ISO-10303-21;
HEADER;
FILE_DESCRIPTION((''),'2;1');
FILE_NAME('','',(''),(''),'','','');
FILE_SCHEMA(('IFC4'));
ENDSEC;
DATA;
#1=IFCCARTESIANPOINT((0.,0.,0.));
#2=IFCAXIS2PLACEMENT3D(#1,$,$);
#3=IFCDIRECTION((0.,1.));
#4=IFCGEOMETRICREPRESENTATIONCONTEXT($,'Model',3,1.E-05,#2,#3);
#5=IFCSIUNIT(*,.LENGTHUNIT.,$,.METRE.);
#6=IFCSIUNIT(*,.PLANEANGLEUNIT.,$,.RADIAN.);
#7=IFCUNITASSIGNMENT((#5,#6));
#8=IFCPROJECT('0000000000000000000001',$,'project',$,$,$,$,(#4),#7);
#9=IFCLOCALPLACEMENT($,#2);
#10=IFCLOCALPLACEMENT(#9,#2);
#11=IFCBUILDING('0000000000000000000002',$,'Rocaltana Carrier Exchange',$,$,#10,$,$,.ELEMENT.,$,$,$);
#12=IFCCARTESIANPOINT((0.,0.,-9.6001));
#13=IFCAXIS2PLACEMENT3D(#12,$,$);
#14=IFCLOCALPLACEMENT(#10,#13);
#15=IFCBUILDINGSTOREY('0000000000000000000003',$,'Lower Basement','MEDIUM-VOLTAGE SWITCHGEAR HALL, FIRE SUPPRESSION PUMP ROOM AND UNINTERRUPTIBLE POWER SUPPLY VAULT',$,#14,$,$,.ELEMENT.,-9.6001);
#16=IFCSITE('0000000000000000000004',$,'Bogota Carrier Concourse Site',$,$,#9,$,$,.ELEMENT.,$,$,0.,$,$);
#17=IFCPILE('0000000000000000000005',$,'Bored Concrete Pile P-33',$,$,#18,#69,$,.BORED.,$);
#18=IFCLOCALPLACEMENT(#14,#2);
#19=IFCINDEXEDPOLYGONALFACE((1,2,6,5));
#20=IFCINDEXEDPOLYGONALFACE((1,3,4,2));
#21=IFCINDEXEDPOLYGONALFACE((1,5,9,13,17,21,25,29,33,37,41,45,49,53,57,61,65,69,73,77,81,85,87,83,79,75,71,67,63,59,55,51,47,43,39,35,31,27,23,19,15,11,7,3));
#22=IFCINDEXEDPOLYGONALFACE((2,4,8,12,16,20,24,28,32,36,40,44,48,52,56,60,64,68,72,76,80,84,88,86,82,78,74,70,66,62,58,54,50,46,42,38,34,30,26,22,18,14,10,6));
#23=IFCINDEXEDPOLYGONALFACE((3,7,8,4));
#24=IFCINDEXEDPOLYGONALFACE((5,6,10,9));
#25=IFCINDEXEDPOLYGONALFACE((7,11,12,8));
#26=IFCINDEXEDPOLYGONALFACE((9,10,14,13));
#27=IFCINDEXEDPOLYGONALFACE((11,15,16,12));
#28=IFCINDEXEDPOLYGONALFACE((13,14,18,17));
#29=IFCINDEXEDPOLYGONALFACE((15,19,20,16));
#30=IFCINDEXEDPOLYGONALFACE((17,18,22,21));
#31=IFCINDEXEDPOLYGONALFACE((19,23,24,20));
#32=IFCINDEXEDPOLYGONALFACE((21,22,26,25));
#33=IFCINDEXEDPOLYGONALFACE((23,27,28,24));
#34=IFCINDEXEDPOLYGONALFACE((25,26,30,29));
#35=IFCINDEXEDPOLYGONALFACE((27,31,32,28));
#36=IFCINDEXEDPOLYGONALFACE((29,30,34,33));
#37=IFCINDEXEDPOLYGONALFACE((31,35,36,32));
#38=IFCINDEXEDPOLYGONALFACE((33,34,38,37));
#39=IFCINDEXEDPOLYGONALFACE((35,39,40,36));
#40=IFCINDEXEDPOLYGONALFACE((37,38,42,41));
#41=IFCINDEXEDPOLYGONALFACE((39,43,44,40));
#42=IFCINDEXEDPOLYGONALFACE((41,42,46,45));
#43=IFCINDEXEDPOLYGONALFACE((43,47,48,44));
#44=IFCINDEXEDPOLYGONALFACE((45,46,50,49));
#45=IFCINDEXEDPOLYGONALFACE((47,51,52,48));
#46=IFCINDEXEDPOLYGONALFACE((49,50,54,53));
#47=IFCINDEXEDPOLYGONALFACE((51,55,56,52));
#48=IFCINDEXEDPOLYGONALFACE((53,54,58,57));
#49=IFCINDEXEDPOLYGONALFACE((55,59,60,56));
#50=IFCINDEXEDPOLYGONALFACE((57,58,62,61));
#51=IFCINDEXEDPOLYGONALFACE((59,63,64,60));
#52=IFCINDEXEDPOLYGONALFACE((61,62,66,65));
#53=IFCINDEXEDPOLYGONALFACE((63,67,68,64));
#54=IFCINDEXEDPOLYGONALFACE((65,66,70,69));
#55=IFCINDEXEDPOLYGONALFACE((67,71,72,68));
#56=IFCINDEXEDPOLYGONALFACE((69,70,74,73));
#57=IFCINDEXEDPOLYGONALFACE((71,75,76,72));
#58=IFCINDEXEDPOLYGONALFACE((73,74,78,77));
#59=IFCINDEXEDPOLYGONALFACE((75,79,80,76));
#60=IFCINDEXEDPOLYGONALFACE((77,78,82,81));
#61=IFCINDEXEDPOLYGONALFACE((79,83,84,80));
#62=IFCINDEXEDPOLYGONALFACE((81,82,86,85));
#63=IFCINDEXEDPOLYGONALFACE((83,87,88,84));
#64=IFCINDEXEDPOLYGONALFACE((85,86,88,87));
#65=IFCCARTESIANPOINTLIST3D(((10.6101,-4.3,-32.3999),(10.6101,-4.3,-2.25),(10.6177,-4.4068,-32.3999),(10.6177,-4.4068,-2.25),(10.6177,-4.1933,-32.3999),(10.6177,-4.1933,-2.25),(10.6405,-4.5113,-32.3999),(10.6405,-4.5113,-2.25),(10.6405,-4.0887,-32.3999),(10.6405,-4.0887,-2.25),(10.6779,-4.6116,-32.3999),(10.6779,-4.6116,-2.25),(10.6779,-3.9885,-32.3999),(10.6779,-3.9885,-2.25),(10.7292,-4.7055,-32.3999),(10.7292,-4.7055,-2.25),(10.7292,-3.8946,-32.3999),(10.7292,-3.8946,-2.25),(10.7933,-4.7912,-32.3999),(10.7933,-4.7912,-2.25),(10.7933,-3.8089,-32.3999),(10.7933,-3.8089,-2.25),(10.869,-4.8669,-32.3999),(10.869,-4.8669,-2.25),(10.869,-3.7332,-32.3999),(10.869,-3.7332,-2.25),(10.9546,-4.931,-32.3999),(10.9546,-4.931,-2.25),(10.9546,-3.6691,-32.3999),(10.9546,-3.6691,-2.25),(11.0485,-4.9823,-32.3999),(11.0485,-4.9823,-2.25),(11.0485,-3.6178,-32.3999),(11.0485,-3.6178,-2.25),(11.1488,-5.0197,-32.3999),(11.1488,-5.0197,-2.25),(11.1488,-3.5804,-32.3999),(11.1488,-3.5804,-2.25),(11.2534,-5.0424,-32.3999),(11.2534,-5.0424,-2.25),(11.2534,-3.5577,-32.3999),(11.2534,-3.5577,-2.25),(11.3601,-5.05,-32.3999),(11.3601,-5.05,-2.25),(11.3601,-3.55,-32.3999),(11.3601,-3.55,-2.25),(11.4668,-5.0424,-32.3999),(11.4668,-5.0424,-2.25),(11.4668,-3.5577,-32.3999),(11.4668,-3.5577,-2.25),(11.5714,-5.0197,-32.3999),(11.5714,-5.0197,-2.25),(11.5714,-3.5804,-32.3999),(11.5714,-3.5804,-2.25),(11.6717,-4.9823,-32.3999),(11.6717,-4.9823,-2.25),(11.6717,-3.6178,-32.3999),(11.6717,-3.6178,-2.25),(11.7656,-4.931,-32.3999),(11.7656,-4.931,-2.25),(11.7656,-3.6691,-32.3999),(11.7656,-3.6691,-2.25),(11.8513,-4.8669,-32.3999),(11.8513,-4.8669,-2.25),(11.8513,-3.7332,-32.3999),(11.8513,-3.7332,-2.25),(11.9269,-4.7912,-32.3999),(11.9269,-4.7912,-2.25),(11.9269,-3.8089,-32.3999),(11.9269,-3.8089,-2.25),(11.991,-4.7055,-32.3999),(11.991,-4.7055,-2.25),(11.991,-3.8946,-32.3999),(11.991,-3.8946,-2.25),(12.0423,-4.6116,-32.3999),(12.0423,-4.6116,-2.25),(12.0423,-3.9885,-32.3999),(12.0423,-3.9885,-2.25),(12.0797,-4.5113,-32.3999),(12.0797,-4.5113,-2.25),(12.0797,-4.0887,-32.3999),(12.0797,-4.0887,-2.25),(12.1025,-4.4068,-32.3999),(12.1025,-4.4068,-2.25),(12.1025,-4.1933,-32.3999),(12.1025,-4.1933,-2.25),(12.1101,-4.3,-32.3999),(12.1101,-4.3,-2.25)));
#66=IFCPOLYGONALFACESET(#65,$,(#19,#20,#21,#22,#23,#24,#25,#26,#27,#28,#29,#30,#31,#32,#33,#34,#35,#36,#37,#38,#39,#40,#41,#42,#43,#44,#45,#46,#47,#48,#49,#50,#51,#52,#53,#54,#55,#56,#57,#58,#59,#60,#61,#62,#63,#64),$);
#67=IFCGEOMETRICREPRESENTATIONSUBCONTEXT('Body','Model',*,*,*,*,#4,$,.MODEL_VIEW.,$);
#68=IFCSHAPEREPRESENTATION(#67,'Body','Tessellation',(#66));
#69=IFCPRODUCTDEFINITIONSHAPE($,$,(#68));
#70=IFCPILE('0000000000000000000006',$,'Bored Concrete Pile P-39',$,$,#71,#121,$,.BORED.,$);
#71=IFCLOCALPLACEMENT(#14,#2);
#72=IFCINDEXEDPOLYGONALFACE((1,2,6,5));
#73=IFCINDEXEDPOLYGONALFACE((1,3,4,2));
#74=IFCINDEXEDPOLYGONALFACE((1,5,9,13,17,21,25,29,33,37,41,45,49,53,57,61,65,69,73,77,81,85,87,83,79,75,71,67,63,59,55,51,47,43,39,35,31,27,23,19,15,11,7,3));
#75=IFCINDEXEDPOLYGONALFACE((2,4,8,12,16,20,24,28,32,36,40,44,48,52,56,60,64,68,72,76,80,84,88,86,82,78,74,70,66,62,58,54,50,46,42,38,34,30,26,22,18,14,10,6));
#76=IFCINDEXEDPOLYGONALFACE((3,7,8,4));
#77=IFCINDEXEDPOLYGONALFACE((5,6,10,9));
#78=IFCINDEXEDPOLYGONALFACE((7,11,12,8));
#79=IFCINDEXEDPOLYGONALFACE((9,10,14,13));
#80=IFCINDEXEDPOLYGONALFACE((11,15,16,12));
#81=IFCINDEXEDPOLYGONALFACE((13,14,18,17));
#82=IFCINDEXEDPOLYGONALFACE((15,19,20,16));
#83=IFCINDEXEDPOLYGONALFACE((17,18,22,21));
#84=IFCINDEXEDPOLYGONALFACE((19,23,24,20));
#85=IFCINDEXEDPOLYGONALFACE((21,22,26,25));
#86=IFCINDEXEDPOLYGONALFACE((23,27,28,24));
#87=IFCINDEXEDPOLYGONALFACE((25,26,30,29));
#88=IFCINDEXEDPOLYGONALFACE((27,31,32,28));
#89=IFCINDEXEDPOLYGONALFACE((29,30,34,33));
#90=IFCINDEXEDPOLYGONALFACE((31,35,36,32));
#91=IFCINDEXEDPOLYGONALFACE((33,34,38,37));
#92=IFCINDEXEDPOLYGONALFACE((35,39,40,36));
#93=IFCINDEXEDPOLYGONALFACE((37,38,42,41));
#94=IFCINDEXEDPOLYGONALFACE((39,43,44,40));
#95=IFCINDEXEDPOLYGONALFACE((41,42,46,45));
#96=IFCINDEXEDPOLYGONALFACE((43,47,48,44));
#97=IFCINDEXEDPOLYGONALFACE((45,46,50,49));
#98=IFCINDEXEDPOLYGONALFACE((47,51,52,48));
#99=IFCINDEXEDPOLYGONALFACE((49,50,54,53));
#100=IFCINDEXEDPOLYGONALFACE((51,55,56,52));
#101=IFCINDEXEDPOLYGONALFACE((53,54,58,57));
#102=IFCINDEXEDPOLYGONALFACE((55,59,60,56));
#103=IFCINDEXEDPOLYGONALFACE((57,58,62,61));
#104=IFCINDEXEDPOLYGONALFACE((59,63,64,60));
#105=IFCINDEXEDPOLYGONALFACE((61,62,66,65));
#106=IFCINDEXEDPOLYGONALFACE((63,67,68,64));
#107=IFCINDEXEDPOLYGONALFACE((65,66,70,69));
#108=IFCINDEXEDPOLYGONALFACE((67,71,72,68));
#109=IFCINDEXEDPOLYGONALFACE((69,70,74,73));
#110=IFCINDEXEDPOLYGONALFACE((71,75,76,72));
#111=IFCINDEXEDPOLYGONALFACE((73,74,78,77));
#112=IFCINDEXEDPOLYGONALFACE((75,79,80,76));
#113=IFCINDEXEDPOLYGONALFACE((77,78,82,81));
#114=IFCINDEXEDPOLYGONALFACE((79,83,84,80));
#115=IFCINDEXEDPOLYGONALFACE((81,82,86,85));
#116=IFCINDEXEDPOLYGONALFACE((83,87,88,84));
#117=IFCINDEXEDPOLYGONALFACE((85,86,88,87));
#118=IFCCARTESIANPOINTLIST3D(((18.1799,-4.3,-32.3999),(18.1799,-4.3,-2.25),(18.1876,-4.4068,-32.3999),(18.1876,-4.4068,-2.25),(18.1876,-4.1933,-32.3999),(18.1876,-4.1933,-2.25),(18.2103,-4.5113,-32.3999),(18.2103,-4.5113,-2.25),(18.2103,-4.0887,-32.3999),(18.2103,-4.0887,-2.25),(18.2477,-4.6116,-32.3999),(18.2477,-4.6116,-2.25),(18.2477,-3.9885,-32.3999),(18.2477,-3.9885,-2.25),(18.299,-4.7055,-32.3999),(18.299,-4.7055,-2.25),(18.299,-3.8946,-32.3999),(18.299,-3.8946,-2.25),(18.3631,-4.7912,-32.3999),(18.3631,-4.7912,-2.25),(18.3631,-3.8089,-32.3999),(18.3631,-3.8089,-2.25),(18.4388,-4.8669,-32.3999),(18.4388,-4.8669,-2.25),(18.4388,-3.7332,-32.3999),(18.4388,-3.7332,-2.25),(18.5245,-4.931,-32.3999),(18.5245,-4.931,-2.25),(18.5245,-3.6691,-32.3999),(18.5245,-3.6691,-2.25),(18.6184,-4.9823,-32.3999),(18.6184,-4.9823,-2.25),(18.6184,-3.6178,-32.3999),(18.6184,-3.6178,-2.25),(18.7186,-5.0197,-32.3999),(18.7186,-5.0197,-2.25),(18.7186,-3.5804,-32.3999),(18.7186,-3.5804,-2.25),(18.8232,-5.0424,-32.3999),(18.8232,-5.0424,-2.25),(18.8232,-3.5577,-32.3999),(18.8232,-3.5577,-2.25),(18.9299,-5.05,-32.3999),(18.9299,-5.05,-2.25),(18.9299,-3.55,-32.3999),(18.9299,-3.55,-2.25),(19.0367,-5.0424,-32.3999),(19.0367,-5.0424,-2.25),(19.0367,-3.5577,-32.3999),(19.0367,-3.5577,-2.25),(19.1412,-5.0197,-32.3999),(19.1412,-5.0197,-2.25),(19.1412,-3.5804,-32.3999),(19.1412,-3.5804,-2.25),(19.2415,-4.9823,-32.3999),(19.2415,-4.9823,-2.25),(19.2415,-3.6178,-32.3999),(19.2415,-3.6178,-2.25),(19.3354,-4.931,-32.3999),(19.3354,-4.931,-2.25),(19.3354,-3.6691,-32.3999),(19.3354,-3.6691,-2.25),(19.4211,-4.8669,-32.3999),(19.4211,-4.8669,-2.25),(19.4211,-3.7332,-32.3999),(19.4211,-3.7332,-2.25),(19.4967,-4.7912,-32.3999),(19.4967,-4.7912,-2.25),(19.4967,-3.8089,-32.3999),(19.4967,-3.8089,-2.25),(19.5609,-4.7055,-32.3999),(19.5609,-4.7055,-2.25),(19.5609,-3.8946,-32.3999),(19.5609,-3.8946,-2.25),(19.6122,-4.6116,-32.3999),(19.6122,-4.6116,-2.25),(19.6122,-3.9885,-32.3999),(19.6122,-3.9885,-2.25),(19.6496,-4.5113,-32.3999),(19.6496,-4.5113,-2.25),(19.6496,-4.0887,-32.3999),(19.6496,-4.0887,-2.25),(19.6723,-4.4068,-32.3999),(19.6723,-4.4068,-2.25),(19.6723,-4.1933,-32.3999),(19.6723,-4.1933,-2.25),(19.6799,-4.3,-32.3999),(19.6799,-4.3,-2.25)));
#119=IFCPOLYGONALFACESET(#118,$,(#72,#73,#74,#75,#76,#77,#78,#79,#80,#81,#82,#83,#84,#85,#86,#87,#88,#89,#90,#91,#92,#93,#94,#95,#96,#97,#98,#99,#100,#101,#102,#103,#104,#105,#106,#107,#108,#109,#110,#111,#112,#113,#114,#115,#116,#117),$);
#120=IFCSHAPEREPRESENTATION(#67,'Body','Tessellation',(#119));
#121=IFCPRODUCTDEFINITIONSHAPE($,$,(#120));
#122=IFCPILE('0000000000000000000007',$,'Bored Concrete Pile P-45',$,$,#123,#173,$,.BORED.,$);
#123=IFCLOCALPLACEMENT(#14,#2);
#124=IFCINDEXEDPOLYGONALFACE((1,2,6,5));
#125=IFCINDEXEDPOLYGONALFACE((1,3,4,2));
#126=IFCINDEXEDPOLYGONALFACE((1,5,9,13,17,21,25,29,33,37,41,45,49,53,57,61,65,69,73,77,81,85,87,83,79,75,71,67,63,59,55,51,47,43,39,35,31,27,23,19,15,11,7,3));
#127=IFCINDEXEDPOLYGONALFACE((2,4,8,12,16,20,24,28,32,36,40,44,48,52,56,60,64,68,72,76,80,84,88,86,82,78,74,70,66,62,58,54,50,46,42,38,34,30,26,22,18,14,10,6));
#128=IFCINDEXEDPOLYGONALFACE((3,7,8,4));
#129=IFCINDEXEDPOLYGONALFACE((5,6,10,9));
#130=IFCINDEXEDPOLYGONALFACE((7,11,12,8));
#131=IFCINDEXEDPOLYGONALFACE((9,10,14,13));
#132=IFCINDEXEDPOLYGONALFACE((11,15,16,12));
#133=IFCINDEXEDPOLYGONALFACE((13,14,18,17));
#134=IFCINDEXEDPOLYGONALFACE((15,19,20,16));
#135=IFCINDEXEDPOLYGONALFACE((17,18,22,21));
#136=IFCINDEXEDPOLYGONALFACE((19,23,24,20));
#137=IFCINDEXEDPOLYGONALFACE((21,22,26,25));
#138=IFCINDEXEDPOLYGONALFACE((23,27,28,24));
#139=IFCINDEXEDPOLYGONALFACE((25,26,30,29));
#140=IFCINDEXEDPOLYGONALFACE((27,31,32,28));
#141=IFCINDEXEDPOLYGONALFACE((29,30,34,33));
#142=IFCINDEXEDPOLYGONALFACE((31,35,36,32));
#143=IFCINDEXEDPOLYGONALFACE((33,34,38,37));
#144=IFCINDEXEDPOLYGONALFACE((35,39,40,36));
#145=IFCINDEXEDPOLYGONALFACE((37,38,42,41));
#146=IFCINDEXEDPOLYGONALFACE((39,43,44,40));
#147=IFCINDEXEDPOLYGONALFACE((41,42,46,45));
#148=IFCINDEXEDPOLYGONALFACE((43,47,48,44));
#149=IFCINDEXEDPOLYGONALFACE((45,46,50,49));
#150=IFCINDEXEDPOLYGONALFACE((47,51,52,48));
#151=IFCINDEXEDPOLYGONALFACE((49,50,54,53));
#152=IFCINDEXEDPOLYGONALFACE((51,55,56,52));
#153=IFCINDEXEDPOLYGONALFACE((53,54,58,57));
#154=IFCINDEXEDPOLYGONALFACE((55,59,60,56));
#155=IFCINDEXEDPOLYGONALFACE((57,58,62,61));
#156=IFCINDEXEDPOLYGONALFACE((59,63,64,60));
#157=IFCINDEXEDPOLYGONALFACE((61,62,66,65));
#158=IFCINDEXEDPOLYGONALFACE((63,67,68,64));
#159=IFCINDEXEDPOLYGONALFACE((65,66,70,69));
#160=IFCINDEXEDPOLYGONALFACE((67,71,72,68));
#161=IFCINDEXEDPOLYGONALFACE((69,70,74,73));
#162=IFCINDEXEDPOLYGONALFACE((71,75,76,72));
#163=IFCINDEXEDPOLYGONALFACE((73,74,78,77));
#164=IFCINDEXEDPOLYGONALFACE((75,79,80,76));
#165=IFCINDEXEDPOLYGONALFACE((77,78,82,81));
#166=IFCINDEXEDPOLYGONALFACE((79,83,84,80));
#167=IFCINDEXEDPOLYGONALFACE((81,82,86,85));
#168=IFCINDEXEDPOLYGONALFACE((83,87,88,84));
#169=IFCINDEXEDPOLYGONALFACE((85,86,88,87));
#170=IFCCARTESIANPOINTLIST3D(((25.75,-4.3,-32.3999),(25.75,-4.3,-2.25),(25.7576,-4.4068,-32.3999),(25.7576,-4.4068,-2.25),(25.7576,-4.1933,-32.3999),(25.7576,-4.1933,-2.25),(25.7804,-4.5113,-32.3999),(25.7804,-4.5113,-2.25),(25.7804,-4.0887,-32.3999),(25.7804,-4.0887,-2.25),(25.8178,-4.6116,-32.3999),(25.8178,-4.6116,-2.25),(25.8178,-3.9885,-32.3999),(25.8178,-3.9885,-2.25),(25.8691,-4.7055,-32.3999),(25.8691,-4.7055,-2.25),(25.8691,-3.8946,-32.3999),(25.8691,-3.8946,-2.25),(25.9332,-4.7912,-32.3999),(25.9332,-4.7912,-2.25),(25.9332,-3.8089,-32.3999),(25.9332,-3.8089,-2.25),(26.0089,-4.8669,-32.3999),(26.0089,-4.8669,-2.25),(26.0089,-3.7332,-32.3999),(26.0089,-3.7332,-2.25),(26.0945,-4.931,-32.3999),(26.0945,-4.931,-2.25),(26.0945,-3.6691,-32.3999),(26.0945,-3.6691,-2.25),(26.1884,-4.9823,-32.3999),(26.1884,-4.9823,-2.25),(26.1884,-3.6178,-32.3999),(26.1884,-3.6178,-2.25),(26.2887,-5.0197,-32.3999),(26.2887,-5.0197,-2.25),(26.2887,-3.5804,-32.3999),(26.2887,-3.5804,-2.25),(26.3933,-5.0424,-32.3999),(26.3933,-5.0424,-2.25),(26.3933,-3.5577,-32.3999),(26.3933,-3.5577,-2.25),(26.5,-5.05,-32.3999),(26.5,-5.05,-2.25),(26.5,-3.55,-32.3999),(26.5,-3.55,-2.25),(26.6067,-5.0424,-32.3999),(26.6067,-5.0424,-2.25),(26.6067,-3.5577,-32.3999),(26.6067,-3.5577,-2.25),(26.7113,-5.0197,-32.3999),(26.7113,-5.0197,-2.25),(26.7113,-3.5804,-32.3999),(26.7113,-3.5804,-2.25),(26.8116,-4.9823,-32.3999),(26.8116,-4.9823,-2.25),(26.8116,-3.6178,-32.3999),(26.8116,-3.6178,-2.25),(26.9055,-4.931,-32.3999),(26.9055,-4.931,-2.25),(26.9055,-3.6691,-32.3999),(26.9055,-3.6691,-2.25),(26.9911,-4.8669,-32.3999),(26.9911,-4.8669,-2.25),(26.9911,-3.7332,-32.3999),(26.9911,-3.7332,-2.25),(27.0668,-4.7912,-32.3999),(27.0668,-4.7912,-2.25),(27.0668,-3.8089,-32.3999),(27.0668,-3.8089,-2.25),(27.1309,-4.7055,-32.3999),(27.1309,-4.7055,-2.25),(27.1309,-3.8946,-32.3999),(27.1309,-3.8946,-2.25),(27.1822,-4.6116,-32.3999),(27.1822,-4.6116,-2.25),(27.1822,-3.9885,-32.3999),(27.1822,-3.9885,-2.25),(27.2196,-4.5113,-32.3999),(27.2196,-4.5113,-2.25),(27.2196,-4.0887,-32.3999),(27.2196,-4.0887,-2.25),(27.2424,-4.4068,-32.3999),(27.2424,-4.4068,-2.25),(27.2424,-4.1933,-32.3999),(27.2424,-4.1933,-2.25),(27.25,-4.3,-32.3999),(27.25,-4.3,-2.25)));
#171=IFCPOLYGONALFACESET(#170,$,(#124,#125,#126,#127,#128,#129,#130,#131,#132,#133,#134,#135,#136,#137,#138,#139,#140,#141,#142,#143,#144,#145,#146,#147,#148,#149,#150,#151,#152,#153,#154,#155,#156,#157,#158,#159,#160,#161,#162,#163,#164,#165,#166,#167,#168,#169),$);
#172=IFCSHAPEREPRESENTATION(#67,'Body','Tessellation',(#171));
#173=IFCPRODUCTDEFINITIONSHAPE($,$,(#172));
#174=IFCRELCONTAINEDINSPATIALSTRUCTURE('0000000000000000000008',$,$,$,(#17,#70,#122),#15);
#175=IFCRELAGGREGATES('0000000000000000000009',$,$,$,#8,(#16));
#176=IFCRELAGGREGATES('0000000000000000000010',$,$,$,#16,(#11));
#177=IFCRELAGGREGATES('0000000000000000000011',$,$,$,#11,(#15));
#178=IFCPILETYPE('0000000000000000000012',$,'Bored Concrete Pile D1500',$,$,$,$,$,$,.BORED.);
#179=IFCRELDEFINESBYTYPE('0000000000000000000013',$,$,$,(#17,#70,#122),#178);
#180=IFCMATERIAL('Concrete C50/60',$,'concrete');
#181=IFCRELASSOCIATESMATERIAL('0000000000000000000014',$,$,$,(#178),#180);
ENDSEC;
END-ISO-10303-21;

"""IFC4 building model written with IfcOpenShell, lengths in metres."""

from ifc_helpers import new_model, si_unit, direction, frame, origin, origin_2d, place, context, subcontext, project, spatial, circle, extrude, material, material_profile, profile_set, type_object, element, save


model = new_model("IFC4")

# Units and contexts
model_context = context("Model", 3, precision=1e-05, world=origin(), true_north=direction((0.0, 1.0)))
body_context = subcontext(model_context, "Body", "Model", "MODEL_VIEW")
ifc_project = project(units=[si_unit("LENGTHUNIT", "METRE"), si_unit("PLANEANGLEUNIT", "RADIAN")], contexts=[model_context])

# Site, building, storey
site_placement = place(None, origin())
site = spatial("IfcSite", under=ifc_project, at=site_placement, Name="Bogota Carrier Concourse Site", CompositionType="ELEMENT", RefElevation=0.0)
building_placement = place(site_placement, origin())
building = spatial("IfcBuilding", under=site, at=building_placement, Name="Rocaltana Carrier Exchange", CompositionType="ELEMENT")
storey_placement = place(building_placement, frame((0.0, 0.0, -9.6001)))
storey = spatial("IfcBuildingStorey", under=building, at=storey_placement, Name="Lower Basement", Description="MEDIUM-VOLTAGE SWITCHGEAR HALL, FIRE SUPPRESSION PUMP ROOM AND UNINTERRUPTIBLE POWER SUPPLY VAULT", CompositionType="ELEMENT", Elevation=-9.6001)

# Piles
ifc_material_1 = material(Name="Concrete C50/60", Category="concrete")
ifc_material_profile_1 = material_profile(ifc_material_1, circle(Radius=0.75, at=origin_2d()), Name="PILE-D1500")
ifc_profile_set_1 = profile_set([ifc_material_profile_1], Name="Concrete C50/60")
pile_type = type_object("IfcPileType", Name="Bored Concrete Pile D1500", PredefinedType="BORED", material=ifc_profile_set_1)
for number, where, z_axis, x_axis, name in (
    (1, (11.3601, -4.3, -2.25), (0.0, 0.0, -1.0), (1.0, 0.0, 0.0), "Bored Concrete Pile P-33"),
    (2, (18.9299, -4.3, -2.25), (0.0, 0.0, -1.0), (1.0, 0.0, 0.0), "Bored Concrete Pile P-39"),
    (3, (26.5, -4.3, -2.25), (0.0, 0.0, -1.0), (1.0, 0.0, 0.0), "Bored Concrete Pile P-45"),
):
    element("IfcPile", number, at=place(storey_placement, frame(where, z_axis=z_axis, x_axis=x_axis)), inside=storey, type_object=pile_type, Name=name, PredefinedType="BORED", context=body_context, shape_type="SweptSolid", body=[
        extrude(circle(Radius=0.75, at=origin_2d()), origin(), (0.0, 0.0, 1.0), 30.1499),
    ])

save(model, "model.ifc")
